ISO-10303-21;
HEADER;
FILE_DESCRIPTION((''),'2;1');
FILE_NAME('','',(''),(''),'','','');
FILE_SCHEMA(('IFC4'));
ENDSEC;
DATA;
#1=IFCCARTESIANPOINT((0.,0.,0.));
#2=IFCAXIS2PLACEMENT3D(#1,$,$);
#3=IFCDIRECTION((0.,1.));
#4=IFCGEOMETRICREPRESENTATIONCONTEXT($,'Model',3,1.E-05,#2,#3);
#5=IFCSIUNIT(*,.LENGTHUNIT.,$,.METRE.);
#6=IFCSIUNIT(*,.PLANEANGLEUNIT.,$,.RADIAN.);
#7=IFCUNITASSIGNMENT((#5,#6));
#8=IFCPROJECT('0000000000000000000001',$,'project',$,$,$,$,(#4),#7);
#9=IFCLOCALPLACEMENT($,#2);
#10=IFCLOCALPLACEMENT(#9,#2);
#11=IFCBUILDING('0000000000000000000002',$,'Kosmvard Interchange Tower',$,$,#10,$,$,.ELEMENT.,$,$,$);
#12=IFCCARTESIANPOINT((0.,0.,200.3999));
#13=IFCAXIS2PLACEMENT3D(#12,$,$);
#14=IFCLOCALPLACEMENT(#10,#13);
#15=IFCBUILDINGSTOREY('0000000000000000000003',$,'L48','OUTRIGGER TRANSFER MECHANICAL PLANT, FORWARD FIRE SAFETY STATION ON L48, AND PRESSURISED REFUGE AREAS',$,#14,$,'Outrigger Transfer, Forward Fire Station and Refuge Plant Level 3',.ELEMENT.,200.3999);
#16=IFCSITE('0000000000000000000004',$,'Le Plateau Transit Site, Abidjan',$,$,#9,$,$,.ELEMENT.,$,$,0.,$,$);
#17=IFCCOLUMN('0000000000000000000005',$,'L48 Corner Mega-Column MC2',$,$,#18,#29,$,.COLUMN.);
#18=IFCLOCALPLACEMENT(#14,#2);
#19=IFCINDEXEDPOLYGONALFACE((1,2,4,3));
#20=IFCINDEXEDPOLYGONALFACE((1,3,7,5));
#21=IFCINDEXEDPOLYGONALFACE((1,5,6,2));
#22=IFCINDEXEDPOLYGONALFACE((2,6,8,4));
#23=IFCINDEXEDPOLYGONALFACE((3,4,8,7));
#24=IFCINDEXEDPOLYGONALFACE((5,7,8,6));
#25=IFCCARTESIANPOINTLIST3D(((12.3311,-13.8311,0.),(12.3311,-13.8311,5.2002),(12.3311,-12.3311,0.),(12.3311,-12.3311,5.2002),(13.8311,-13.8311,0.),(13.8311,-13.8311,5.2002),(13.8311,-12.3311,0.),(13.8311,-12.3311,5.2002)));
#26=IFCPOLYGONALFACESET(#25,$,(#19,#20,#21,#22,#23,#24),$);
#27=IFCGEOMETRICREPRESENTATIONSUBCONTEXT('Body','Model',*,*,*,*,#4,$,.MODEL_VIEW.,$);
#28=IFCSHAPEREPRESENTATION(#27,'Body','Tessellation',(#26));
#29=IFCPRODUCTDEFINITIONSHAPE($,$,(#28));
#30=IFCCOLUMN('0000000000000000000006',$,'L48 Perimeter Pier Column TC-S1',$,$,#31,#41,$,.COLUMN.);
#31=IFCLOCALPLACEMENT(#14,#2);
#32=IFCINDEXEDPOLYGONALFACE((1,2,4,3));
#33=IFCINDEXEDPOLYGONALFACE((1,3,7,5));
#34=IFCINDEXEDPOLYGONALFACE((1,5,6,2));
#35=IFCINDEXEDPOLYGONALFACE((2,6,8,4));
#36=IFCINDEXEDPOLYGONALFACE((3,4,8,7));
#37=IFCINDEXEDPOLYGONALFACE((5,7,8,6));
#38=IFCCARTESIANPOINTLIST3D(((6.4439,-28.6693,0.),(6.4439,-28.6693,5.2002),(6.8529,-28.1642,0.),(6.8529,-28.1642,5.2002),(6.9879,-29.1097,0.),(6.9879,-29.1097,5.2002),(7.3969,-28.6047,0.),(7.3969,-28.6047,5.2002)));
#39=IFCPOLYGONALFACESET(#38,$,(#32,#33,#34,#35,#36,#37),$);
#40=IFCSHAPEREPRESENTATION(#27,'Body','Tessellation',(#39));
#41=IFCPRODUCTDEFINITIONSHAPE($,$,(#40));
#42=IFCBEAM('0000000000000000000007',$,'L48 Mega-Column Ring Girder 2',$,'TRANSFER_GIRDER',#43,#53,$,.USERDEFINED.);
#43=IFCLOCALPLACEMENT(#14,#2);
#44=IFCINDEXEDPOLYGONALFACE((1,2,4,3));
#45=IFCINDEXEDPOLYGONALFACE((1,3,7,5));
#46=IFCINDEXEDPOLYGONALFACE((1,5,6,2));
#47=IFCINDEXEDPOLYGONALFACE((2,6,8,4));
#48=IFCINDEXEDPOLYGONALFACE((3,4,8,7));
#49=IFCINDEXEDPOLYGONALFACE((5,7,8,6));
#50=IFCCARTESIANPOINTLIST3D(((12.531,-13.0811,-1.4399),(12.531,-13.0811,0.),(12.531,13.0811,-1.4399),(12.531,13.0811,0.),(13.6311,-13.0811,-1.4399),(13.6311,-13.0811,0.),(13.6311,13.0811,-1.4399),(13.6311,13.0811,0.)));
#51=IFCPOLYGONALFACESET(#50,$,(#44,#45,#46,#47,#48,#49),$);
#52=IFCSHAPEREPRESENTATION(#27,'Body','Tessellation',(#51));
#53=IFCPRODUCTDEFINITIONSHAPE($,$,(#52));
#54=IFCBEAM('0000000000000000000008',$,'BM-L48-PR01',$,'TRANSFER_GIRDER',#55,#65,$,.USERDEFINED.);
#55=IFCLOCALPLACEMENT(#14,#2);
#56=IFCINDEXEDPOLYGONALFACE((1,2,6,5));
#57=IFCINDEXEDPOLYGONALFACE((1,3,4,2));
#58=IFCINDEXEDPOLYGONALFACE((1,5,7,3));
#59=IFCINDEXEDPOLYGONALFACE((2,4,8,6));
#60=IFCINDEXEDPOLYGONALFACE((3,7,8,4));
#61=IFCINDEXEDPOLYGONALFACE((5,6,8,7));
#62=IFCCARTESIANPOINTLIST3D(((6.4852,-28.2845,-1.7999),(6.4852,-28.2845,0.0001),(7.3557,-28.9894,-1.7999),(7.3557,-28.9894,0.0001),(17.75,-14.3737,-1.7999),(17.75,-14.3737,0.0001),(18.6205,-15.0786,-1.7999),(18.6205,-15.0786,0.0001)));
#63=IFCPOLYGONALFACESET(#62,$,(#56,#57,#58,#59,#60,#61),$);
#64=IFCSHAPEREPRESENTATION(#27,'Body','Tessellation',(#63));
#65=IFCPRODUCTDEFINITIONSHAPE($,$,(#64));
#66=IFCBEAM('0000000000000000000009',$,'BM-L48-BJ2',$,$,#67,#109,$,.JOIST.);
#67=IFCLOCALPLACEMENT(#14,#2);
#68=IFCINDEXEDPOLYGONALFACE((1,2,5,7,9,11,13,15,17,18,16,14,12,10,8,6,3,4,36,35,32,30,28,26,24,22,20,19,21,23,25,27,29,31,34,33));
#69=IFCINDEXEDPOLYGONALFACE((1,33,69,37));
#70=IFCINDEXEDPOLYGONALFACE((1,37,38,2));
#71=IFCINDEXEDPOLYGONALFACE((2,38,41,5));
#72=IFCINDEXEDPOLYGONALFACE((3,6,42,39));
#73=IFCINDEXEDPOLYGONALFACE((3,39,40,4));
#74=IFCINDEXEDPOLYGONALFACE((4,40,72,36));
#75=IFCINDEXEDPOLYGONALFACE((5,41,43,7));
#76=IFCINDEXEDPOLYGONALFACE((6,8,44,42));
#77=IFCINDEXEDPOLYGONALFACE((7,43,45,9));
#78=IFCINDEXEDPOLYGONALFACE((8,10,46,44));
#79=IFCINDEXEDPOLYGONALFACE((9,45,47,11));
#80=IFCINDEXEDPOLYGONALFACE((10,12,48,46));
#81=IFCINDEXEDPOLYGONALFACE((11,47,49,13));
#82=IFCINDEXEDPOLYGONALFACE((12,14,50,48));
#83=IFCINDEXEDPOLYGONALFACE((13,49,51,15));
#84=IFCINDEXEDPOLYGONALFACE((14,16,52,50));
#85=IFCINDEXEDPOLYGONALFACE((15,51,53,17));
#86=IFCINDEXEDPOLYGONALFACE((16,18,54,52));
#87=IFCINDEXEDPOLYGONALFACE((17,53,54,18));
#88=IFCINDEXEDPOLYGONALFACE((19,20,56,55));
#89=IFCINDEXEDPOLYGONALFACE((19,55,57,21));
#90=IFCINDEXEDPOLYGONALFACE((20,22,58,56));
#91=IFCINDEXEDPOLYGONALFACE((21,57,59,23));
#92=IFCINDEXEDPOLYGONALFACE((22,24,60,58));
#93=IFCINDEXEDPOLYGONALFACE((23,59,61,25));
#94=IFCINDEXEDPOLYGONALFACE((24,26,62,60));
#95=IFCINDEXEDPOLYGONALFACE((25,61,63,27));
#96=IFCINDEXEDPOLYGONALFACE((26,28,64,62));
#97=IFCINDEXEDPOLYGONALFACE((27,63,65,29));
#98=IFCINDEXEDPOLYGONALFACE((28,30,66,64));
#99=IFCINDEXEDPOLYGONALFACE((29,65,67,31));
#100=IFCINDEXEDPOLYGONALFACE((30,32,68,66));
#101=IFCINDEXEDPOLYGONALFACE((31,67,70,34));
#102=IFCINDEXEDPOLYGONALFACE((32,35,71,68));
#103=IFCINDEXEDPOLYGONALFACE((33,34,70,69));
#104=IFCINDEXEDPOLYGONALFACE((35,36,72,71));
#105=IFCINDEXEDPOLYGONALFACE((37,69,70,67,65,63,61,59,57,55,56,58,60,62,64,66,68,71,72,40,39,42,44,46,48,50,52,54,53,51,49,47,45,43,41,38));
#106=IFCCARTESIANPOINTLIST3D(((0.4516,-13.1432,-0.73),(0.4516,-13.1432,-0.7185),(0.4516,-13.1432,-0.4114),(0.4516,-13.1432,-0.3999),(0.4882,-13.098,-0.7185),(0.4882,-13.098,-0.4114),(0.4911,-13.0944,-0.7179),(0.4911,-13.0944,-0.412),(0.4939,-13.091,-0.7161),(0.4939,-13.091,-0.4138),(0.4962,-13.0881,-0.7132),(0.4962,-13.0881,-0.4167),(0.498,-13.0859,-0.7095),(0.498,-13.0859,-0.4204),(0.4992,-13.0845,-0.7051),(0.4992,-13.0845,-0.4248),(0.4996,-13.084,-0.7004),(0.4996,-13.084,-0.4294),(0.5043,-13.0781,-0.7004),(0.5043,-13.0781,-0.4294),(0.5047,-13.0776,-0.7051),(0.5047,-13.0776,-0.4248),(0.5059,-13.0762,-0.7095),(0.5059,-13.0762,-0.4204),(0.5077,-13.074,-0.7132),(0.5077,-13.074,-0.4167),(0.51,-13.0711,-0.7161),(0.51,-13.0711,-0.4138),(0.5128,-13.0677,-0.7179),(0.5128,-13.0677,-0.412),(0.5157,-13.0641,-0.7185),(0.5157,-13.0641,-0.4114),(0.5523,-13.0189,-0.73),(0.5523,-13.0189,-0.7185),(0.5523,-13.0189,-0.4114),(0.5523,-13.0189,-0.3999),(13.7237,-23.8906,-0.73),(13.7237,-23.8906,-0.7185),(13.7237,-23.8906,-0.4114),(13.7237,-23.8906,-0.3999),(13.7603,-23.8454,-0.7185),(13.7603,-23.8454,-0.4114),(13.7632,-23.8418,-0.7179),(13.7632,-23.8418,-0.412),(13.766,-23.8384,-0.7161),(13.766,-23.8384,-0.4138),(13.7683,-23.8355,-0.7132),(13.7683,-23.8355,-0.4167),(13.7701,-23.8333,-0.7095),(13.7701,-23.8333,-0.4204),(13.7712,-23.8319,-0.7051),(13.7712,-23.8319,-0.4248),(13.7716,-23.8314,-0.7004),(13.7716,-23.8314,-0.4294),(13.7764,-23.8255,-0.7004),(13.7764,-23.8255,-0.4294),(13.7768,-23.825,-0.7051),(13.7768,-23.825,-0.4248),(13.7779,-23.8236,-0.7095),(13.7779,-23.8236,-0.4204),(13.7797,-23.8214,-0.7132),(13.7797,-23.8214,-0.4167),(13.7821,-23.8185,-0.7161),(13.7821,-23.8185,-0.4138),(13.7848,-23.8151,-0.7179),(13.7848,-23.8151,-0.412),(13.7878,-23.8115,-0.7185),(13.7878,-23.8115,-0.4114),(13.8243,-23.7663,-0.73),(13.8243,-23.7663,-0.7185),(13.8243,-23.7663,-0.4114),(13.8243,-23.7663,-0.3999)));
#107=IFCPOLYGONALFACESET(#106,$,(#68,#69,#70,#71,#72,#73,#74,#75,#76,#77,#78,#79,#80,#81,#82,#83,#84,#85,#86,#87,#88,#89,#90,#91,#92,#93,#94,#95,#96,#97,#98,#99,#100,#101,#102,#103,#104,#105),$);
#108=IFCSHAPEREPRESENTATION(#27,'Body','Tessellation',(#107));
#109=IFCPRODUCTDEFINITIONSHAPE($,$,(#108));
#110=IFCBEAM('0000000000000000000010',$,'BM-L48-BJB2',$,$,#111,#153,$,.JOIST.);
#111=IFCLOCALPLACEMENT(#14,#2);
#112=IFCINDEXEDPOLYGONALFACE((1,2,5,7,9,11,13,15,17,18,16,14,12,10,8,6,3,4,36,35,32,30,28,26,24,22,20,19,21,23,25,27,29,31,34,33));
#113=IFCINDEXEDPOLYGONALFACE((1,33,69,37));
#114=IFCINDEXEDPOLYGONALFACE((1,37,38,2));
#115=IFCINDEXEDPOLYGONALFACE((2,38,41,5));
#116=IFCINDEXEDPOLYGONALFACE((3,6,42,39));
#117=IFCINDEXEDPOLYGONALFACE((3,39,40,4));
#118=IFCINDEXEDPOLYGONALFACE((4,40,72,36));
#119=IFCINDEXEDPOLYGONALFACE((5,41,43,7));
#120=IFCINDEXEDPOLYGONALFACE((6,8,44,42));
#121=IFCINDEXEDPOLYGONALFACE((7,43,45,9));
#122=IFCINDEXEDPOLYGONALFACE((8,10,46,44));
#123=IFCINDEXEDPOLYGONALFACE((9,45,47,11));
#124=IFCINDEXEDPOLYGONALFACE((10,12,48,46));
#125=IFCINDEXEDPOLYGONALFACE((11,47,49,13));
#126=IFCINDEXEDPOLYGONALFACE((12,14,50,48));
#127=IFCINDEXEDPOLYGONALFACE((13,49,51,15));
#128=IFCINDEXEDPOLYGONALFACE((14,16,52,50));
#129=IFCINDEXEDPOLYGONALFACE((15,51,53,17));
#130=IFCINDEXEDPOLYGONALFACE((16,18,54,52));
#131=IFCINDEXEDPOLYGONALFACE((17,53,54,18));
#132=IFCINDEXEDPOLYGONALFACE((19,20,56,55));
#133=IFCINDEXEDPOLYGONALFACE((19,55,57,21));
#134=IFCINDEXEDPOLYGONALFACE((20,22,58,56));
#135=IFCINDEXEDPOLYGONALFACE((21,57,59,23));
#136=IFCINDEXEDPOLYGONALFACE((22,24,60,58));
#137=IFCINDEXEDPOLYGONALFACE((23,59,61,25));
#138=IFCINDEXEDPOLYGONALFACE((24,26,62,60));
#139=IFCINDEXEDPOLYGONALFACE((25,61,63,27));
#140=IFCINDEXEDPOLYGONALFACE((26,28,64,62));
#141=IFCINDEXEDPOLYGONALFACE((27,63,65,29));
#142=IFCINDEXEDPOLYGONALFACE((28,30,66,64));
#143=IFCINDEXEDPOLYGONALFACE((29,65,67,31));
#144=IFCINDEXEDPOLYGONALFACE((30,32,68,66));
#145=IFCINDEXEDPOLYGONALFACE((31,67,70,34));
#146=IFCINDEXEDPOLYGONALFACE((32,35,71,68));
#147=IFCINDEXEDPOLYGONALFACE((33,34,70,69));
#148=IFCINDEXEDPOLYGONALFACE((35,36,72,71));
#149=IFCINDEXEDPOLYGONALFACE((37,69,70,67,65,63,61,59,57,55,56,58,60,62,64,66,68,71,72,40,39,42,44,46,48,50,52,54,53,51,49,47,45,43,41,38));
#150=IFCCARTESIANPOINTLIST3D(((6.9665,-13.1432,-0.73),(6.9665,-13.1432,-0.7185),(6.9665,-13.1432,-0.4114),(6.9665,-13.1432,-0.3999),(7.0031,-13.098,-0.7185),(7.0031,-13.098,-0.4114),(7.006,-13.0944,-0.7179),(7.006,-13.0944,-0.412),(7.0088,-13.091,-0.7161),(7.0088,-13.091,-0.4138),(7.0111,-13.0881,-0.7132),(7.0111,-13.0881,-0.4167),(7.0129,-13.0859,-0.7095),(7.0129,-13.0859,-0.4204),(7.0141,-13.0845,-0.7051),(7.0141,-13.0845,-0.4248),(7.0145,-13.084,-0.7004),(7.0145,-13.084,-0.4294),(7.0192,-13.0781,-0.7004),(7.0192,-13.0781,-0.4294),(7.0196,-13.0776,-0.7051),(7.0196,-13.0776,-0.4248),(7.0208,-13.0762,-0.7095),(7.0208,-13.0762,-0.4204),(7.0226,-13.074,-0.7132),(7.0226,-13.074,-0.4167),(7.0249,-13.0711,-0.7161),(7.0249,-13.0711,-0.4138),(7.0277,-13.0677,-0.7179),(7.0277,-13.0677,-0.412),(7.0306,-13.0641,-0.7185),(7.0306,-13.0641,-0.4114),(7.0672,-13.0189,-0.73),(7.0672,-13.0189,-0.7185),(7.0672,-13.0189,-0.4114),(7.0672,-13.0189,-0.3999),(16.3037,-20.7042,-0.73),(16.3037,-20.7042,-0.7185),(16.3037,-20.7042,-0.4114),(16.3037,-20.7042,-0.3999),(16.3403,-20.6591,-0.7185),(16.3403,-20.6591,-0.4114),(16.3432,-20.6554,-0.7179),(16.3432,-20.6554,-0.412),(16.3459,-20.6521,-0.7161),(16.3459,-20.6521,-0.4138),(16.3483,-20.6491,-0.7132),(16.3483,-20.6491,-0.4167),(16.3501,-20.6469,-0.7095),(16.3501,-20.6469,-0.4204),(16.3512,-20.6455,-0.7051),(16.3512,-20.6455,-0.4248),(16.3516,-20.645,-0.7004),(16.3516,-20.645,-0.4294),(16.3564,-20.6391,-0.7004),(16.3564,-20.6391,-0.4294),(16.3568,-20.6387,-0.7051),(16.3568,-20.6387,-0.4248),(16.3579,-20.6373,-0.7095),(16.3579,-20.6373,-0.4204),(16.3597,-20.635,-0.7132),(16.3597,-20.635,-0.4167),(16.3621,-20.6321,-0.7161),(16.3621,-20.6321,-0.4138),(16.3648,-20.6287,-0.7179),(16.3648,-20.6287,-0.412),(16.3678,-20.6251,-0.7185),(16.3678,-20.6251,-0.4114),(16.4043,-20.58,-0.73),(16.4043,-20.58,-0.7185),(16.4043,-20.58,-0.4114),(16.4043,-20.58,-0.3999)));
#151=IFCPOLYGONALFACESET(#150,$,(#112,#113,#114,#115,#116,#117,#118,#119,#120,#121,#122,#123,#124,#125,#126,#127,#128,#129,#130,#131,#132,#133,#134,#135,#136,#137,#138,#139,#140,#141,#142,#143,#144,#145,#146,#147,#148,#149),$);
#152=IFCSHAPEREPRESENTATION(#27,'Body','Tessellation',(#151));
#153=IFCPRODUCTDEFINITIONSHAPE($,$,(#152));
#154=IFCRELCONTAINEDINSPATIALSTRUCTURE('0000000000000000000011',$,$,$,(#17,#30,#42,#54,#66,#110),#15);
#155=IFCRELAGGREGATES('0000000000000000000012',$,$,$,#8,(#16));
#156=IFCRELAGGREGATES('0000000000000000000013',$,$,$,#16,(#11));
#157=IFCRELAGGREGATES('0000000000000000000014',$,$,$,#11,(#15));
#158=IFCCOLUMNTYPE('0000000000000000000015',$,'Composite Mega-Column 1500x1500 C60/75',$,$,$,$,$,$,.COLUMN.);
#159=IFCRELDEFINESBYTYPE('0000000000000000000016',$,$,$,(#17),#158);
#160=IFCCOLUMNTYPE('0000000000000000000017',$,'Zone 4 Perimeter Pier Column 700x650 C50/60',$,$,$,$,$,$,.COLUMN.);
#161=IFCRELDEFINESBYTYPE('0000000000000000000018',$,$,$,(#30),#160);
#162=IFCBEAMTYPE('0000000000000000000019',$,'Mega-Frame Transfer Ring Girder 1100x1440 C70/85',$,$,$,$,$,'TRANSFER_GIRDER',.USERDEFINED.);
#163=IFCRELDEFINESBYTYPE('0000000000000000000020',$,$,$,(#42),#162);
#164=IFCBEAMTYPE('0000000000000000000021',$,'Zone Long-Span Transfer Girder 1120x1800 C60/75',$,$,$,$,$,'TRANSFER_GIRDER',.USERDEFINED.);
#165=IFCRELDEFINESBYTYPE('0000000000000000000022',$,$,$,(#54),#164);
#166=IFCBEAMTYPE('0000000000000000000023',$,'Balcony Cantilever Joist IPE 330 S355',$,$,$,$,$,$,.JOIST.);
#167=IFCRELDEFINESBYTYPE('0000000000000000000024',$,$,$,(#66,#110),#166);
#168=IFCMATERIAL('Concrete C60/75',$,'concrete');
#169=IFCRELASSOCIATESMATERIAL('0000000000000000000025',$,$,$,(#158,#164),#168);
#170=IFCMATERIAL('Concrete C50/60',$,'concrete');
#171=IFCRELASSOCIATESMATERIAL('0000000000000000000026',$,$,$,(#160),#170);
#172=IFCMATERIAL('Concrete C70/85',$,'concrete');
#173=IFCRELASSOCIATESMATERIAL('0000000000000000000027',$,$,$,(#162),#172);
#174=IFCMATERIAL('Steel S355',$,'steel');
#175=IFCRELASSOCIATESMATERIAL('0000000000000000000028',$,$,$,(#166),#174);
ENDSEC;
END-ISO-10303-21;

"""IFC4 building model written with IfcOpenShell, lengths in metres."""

from ifc_helpers import new_model, si_unit, direction, frame, origin, origin_2d, place, context, subcontext, project, spatial, rectangle, i_section, extrude, source, transform, mapped, material, material_profile, profile_set, type_object, element, save


model = new_model("IFC4")

# Units and contexts
model_context = context("Model", 3, precision=1e-05, world=origin(), true_north=direction((0.0, 1.0)))
body_context = subcontext(model_context, "Body", "Model", "MODEL_VIEW")
ifc_project = project(units=[si_unit("LENGTHUNIT", "METRE"), si_unit("PLANEANGLEUNIT", "RADIAN")], contexts=[model_context])

# Site, building, storey
site_placement = place(None, origin())
site = spatial("IfcSite", under=ifc_project, at=site_placement, Name="Le Plateau Transit Site, Abidjan", CompositionType="ELEMENT", RefElevation=0.0)
building_placement = place(site_placement, origin())
building = spatial("IfcBuilding", under=site, at=building_placement, Name="Kosmvard Interchange Tower", CompositionType="ELEMENT")
storey_placement = place(building_placement, frame((0.0, 0.0, 200.3999)))
storey = spatial("IfcBuildingStorey", under=building, at=storey_placement, Name="L48", Description="OUTRIGGER TRANSFER MECHANICAL PLANT, FORWARD FIRE SAFETY STATION ON L48, AND PRESSURISED REFUGE AREAS", LongName="Outrigger Transfer, Forward Fire Station and Refuge Plant Level 3", CompositionType="ELEMENT", Elevation=200.3999)

# Columns
ifc_material_1 = material(Name="Concrete C60/75", Category="concrete")
ifc_material_profile_1 = material_profile(ifc_material_1, rectangle(XDim=1.5, YDim=1.5, at=origin_2d()), Name="MC 1500x1500")
ifc_profile_set_1 = profile_set([ifc_material_profile_1], Name="Concrete C60/75")
column_type_1 = type_object("IfcColumnType", Name="Composite Mega-Column 1500x1500 C60/75", PredefinedType="COLUMN", material=ifc_profile_set_1)
shared_shape_1 = source(origin(), body_context, "Body", "SweptSolid", [
    extrude(rectangle(XDim=1.5, YDim=1.5, at=origin_2d()), origin(), (0.0, 0.0, 1.0), 5.2002),
])
column_1_placement = place(storey_placement, frame((13.0811, -13.0811, 0.0), z_axis=(0.0, 0.0, 1.0), x_axis=(1.0, 0.0, 0.0)))
element("IfcColumn", 1, at=column_1_placement, inside=storey, type_object=column_type_1, Name="L48 Corner Mega-Column MC2", PredefinedType="COLUMN", context=body_context, shape_type="MappedRepresentation", body=[
    mapped(shared_shape_1, transform((0.0, 0.0, 0.0), scale=1.0)),
])
ifc_material_2 = material(Name="Concrete C50/60", Category="concrete")
ifc_material_profile_2 = material_profile(ifc_material_2, rectangle(XDim=0.6499, YDim=0.7, at=origin_2d()), Name="TC 700x650")
ifc_profile_set_2 = profile_set([ifc_material_profile_2], Name="Concrete C50/60")
column_type_2 = type_object("IfcColumnType", Name="Zone 4 Perimeter Pier Column 700x650 C50/60", PredefinedType="COLUMN", material=ifc_profile_set_2)
shared_shape_2 = source(origin(), body_context, "Body", "SweptSolid", [
    extrude(rectangle(XDim=0.6499, YDim=0.7, at=origin_2d()), origin(), (0.0, 0.0, 1.0), 5.2002),
])
column_2_placement = place(storey_placement, frame((6.9204, -28.637, 0.0), z_axis=(0.0, 0.0, 1.0), x_axis=(0.62932, 0.777146, 0.0)))
element("IfcColumn", 2, at=column_2_placement, inside=storey, type_object=column_type_2, Name="L48 Perimeter Pier Column TC-S1", PredefinedType="COLUMN", context=body_context, shape_type="MappedRepresentation", body=[
    mapped(shared_shape_2, transform((0.0, 0.0, 0.0), scale=1.0)),
])

# Beams
ifc_material_3 = material(Name="Concrete C70/85", Category="concrete")
ifc_material_profile_3 = material_profile(ifc_material_3, rectangle(XDim=1.1001, YDim=1.4399, at=origin_2d()), Name="TG 1100x1440")
ifc_profile_set_3 = profile_set([ifc_material_profile_3], Name="Concrete C70/85")
beam_type_1 = type_object("IfcBeamType", Name="Mega-Frame Transfer Ring Girder 1100x1440 C70/85", ElementType="TRANSFER_GIRDER", PredefinedType="USERDEFINED", material=ifc_profile_set_3)
shared_shape_3 = source(origin(), body_context, "Body", "SweptSolid", [
    extrude(rectangle(XDim=1.1001, YDim=1.4399, at=origin_2d()), origin(), (0.0, 0.0, 1.0), 26.1621),
])
beam_1_placement = place(storey_placement, frame((13.0811, -13.0811, -0.72), z_axis=(0.0, 1.0, 0.0), x_axis=(-1.0, 0.0, 0.0)))
element("IfcBeam", 3, at=beam_1_placement, inside=storey, type_object=beam_type_1, Name="L48 Mega-Column Ring Girder 2", ObjectType="TRANSFER_GIRDER", PredefinedType="USERDEFINED", context=body_context, shape_type="MappedRepresentation", body=[
    mapped(shared_shape_3, transform((0.0, 0.0, 0.0), scale=1.0)),
])
ifc_material_profile_4 = material_profile(ifc_material_1, rectangle(XDim=1.1201, YDim=1.8, at=origin_2d()), Name="TG 1120x1800")
ifc_profile_set_4 = profile_set([ifc_material_profile_4], Name="Concrete C60/75")
beam_type_2 = type_object("IfcBeamType", Name="Zone Long-Span Transfer Girder 1120x1800 C60/75", ElementType="TRANSFER_GIRDER", PredefinedType="USERDEFINED", material=ifc_profile_set_4)
shared_shape_4 = source(origin(), body_context, "Body", "SweptSolid", [
    extrude(rectangle(XDim=1.1201, YDim=1.8, at=origin_2d()), origin(), (0.0, 0.0, 1.0), 17.8999),
])
beam_2_placement = place(storey_placement, frame((6.9204, -28.637, -0.8999), z_axis=(0.629323, 0.777144, 0.0), x_axis=(-0.777144, 0.629323, 0.0)))
element("IfcBeam", 4, at=beam_2_placement, inside=storey, type_object=beam_type_2, Name="BM-L48-PR01", ObjectType="TRANSFER_GIRDER", PredefinedType="USERDEFINED", context=body_context, shape_type="MappedRepresentation", body=[
    mapped(shared_shape_4, transform((0.0, 0.0, 0.0), scale=1.0)),
])
ifc_material_4 = material(Name="Steel S355", Category="steel")
ifc_material_profile_5 = material_profile(ifc_material_4, i_section(OverallWidth=0.1599, OverallDepth=0.3301, WebThickness=0.0076, FlangeThickness=0.0115, FilletRadius=0.0181, at=origin_2d()), Name="IPE 330")
ifc_profile_set_5 = profile_set([ifc_material_profile_5], Name="Steel S355")
beam_type_3 = type_object("IfcBeamType", Name="Balcony Cantilever Joist IPE 330 S355", PredefinedType="JOIST", material=ifc_profile_set_5)
shared_shape_5 = source(origin(), body_context, "Body", "SweptSolid", [
    extrude(i_section(OverallWidth=0.1599, OverallDepth=0.3301, WebThickness=0.0076, FlangeThickness=0.0115, FilletRadius=0.0181, at=origin_2d()), origin(), (0.0, 0.0, 1.0), 17.0779),
])
beam_3_placement = place(storey_placement, frame((0.502, -13.0811, -0.5649), z_axis=(0.777149, -0.629316, 0.0), x_axis=(0.629316, 0.777149, 0.0)))
element("IfcBeam", 5, at=beam_3_placement, inside=storey, type_object=beam_type_3, Name="BM-L48-BJ2", PredefinedType="JOIST", context=body_context, shape_type="MappedRepresentation", body=[
    mapped(shared_shape_5, transform((0.0, 0.0, 0.0), scale=1.0)),
])
shared_shape_6 = source(origin(), body_context, "Body", "SweptSolid", [
    extrude(i_section(OverallWidth=0.1599, OverallDepth=0.3301, WebThickness=0.0076, FlangeThickness=0.0115, FilletRadius=0.0181, at=origin_2d()), origin(), (0.0, 0.0, 1.0), 12.0146),
])
beam_4_placement = place(storey_placement, frame((7.0168, -13.0811, -0.5649), z_axis=(0.777148, -0.629318, 0.0), x_axis=(0.629318, 0.777148, 0.0)))
element("IfcBeam", 6, at=beam_4_placement, inside=storey, type_object=beam_type_3, Name="BM-L48-BJB2", PredefinedType="JOIST", context=body_context, shape_type="MappedRepresentation", body=[
    mapped(shared_shape_6, transform((0.0, 0.0, 0.0), scale=1.0)),
])

save(model, "model.ifc")
